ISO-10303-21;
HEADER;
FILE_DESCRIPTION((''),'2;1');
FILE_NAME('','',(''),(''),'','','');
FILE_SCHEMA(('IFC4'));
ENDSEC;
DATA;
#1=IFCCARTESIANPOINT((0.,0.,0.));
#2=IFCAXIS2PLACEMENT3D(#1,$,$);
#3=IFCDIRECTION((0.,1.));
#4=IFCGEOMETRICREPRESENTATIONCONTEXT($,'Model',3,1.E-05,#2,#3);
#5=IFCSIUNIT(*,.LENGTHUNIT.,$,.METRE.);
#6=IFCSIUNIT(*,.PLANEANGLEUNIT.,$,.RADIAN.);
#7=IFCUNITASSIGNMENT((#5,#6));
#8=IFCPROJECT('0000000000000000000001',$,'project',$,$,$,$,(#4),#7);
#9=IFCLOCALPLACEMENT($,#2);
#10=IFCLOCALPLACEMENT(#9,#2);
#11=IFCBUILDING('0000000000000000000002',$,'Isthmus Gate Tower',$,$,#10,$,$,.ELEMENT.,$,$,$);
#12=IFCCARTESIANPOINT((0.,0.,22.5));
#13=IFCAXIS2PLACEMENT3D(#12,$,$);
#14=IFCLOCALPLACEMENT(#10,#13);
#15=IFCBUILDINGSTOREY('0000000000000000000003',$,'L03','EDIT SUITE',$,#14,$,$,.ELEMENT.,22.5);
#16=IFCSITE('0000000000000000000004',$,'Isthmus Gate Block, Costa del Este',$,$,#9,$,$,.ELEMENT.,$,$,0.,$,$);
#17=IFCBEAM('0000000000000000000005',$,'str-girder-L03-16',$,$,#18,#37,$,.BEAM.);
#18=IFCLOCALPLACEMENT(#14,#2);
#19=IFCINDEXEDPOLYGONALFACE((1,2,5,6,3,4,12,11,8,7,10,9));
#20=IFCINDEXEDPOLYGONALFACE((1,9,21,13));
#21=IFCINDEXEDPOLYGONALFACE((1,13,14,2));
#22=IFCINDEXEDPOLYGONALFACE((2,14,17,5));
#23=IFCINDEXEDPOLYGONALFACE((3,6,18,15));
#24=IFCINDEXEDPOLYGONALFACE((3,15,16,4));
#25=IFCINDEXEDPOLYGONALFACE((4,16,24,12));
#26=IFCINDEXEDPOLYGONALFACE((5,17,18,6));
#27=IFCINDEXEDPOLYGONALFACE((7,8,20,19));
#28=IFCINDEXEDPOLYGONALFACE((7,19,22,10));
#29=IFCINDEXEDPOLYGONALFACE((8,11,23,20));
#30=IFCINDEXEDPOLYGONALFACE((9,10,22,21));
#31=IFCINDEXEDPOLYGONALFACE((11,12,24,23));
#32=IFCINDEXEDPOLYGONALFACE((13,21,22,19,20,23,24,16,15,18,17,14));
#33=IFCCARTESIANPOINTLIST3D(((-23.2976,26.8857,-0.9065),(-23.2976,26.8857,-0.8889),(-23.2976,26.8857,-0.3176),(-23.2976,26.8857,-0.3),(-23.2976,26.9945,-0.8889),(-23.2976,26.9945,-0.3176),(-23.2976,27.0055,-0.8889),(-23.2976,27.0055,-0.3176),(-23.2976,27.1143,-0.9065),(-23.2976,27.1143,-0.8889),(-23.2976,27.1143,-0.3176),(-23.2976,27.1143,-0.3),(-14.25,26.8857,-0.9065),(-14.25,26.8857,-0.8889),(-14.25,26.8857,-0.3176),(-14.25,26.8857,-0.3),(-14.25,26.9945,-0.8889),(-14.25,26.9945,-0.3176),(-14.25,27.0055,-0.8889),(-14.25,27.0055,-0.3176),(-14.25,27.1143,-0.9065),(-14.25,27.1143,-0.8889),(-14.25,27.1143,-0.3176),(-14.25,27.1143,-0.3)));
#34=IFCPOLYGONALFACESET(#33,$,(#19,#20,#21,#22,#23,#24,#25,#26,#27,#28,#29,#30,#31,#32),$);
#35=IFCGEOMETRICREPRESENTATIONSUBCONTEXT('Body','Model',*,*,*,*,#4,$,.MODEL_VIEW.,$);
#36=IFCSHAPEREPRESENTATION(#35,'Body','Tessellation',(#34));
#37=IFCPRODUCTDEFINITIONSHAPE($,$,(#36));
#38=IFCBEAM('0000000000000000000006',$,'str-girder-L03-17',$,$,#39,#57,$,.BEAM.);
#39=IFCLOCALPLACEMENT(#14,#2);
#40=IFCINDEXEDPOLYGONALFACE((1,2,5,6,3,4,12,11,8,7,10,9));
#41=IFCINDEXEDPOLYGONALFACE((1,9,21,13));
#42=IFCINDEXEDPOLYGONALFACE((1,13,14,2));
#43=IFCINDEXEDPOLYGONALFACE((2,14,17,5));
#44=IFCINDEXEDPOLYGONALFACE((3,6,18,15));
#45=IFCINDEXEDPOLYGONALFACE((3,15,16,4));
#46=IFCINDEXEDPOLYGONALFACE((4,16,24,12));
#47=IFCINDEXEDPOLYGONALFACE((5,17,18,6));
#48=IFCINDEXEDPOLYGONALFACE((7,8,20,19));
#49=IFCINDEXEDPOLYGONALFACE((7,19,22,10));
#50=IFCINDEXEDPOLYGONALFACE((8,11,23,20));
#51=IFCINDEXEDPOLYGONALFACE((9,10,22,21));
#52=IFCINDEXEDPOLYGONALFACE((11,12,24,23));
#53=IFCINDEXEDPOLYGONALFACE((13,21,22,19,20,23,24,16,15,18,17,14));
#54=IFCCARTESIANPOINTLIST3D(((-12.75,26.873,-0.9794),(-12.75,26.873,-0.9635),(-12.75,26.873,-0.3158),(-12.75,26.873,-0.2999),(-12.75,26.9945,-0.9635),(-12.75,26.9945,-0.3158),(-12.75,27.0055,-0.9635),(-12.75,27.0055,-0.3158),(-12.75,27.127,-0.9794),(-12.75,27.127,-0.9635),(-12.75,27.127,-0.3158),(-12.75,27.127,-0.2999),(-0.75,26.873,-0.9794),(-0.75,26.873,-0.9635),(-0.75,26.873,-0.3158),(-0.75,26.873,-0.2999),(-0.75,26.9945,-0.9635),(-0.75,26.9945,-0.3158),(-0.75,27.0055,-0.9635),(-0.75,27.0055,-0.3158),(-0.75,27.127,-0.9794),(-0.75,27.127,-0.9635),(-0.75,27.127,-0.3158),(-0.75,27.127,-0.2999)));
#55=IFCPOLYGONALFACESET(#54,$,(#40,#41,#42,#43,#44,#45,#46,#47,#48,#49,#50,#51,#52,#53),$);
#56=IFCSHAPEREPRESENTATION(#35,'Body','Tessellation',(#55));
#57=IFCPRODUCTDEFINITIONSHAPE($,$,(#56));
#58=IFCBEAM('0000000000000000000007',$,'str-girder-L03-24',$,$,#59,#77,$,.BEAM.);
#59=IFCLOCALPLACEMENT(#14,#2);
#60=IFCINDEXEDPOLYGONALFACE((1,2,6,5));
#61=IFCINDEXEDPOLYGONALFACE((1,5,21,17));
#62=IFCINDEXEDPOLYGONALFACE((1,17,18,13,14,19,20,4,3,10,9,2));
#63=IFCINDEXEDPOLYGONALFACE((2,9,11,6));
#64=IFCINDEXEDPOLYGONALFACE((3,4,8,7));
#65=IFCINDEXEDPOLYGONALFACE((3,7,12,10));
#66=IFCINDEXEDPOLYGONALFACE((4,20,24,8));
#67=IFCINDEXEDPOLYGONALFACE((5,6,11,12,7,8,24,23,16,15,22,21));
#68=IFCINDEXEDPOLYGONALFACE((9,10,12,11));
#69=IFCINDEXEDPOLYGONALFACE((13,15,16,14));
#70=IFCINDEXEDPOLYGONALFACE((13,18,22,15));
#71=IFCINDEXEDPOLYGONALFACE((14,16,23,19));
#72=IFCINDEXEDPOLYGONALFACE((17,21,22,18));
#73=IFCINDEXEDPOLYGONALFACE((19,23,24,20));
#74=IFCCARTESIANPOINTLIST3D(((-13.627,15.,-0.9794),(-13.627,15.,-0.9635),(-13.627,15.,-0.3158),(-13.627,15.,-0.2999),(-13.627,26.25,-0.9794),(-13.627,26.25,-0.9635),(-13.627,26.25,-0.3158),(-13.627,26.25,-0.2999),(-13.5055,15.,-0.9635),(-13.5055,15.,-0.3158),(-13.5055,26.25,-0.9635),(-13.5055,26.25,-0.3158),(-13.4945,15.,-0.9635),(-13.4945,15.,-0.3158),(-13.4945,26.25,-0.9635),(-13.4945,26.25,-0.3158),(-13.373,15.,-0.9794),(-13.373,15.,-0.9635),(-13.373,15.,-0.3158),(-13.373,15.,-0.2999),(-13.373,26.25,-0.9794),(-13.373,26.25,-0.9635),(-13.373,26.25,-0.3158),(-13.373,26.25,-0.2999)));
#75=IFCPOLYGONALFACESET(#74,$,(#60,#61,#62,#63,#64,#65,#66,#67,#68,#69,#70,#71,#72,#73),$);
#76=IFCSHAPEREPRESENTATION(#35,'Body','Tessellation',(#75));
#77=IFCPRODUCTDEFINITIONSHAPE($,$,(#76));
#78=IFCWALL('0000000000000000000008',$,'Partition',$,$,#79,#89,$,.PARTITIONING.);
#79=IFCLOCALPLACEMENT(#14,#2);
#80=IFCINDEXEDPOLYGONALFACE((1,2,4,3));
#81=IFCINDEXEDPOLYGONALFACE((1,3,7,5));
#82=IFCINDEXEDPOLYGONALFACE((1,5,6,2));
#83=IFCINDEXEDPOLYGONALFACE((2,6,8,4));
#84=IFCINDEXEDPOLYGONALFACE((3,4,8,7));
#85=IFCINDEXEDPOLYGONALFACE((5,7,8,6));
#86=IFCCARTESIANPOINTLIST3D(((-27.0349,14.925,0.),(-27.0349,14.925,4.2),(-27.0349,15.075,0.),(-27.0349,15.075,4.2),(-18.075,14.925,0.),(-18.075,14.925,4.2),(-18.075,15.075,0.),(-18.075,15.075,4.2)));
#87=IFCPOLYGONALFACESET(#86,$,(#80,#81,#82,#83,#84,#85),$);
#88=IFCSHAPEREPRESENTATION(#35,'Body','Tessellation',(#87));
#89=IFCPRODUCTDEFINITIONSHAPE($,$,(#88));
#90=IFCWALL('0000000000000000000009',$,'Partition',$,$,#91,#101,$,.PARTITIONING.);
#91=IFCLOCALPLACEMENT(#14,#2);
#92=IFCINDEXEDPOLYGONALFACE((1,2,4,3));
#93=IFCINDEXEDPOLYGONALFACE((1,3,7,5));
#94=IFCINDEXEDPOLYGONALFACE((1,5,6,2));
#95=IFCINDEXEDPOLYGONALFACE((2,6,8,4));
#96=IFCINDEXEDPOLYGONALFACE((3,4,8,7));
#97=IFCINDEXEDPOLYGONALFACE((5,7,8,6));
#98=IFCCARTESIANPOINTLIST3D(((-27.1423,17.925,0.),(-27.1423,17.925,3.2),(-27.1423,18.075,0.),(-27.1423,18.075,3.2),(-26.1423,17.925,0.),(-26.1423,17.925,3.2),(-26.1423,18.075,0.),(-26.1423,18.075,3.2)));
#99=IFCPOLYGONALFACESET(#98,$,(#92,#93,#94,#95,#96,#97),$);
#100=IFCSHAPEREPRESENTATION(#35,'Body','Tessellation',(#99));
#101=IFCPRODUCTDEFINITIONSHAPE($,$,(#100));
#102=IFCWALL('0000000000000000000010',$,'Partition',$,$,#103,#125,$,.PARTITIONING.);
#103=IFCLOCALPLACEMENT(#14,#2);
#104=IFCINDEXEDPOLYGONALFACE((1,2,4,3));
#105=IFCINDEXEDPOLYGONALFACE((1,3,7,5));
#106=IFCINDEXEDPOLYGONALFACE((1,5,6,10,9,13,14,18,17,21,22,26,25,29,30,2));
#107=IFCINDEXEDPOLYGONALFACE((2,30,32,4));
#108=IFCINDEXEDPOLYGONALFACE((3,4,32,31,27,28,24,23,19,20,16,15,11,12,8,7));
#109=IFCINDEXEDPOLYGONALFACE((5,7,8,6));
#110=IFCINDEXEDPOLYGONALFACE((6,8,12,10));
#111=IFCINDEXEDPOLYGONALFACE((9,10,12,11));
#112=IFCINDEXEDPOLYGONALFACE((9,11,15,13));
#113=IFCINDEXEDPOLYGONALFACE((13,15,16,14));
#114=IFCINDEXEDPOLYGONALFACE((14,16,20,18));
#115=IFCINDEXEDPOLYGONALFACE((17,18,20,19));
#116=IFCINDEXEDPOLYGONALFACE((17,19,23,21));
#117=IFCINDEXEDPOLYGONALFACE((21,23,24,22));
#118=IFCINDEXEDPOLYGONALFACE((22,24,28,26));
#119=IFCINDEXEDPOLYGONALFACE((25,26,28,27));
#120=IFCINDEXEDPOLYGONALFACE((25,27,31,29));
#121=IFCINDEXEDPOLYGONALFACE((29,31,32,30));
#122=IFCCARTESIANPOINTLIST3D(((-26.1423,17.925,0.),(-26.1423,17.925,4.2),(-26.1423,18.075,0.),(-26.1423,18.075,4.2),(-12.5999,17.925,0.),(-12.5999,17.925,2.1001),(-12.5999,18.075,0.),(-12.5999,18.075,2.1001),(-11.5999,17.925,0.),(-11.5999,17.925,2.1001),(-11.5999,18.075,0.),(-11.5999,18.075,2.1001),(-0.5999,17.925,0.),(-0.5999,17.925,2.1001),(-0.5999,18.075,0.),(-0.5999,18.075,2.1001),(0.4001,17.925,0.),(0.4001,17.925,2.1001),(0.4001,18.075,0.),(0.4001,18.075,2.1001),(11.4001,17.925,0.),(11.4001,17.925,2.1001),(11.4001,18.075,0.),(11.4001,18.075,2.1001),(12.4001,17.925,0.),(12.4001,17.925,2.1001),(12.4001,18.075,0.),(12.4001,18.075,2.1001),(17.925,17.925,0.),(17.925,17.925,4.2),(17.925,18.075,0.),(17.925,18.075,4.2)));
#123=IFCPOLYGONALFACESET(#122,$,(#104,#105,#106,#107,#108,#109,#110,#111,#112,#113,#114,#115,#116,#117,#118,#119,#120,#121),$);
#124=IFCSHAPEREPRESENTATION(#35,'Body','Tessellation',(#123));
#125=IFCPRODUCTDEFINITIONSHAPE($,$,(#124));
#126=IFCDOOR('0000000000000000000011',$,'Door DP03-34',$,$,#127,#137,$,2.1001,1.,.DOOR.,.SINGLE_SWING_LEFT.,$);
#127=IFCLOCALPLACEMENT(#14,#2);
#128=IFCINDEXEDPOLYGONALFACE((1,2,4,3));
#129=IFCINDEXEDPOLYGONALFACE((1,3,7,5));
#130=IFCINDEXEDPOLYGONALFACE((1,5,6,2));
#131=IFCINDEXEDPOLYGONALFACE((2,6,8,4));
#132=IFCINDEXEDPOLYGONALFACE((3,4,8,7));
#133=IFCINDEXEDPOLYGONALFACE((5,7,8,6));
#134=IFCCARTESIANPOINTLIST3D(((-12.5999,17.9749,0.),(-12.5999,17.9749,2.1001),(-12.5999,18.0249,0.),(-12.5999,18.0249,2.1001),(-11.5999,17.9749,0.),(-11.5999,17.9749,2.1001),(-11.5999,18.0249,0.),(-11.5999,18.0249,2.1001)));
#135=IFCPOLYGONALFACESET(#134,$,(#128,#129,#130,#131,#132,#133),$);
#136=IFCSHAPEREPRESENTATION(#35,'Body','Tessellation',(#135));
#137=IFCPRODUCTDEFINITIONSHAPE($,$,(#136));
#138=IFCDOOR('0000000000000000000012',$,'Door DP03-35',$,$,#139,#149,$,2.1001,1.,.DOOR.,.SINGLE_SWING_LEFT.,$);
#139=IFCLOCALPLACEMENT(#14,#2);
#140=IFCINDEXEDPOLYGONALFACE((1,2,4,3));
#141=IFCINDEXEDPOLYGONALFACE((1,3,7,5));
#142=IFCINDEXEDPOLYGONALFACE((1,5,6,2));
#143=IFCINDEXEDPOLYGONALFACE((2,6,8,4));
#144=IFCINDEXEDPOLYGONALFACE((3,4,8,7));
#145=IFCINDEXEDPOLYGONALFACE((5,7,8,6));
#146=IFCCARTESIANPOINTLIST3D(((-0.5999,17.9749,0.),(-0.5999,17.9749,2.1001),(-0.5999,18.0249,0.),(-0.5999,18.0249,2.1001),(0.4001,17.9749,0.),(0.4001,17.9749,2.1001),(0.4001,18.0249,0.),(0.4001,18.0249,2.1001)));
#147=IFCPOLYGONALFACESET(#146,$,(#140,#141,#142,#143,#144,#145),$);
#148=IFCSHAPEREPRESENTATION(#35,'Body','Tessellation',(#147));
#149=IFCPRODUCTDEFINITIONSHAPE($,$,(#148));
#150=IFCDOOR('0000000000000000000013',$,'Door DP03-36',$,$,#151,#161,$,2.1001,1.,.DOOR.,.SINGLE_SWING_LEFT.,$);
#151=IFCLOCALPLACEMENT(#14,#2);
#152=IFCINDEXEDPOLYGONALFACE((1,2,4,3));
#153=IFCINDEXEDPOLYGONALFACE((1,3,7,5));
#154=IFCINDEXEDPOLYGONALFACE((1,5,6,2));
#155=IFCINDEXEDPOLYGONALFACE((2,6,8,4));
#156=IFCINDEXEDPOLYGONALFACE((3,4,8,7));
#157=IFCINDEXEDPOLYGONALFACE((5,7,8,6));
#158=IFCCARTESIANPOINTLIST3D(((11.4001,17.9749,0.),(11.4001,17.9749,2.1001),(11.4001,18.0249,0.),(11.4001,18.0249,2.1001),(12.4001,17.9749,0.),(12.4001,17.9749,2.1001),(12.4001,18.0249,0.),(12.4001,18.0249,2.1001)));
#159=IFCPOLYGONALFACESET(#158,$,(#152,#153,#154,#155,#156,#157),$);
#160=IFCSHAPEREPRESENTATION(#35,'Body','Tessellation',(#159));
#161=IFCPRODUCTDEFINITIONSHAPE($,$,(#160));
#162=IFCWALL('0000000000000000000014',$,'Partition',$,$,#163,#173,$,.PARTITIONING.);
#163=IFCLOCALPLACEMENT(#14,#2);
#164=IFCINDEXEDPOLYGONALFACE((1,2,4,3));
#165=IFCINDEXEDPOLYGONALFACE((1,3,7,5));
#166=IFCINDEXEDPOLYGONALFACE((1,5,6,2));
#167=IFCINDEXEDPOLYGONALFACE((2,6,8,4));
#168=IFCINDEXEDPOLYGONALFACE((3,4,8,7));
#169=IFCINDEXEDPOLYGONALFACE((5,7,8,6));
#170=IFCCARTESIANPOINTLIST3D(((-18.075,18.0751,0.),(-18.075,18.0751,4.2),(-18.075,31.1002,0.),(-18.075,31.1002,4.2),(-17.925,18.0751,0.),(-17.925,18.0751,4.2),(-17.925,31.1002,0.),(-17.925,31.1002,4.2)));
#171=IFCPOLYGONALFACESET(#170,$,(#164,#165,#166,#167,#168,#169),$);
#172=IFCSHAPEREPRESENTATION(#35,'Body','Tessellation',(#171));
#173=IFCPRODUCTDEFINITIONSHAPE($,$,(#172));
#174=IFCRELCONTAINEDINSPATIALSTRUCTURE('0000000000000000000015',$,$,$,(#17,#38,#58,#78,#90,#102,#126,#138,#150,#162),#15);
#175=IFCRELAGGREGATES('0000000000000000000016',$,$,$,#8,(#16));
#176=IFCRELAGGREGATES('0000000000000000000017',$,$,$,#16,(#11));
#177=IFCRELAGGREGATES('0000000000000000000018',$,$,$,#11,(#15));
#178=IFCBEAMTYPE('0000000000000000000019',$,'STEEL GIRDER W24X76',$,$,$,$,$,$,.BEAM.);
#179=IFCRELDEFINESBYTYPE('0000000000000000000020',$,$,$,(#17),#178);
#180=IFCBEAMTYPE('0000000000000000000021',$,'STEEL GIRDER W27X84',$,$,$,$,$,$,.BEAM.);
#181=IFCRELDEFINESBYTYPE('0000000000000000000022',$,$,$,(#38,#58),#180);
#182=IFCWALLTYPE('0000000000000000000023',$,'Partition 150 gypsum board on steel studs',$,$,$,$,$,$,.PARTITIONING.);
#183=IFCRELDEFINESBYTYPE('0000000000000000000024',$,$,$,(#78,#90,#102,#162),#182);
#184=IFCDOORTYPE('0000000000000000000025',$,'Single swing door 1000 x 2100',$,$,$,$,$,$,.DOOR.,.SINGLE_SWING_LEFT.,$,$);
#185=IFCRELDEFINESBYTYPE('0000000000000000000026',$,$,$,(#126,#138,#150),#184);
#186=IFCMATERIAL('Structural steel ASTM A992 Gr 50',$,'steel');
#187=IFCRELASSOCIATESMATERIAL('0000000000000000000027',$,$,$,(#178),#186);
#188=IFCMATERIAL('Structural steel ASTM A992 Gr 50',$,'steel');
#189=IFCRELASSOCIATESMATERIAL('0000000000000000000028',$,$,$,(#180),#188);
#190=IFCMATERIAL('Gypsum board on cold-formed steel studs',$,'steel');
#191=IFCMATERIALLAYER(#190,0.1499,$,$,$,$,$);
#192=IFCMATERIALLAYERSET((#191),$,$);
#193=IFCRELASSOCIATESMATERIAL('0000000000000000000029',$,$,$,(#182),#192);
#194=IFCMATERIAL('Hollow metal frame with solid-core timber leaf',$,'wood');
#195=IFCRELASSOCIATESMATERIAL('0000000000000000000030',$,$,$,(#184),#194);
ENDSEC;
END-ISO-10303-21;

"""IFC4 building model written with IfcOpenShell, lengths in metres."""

from ifc_helpers import new_model, si_unit, direction, frame, frame_2d, origin, origin_2d, place, context, subcontext, project, spatial, rectangle, i_section, extrude, material, layer, layer_set, material_profile, profile_set, type_object, element, fill, save


model = new_model("IFC4")

# Units and contexts
model_context = context("Model", 3, precision=1e-05, world=origin(), true_north=direction((0.0, 1.0)))
body_context = subcontext(model_context, "Body", "Model", "MODEL_VIEW")
ifc_project = project(units=[si_unit("LENGTHUNIT", "METRE"), si_unit("PLANEANGLEUNIT", "RADIAN")], contexts=[model_context])

# Site, building, storey
site_placement = place(None, origin())
site = spatial("IfcSite", under=ifc_project, at=site_placement, Name="Isthmus Gate Block, Costa del Este", CompositionType="ELEMENT", RefElevation=0.0)
building_placement = place(site_placement, origin())
building = spatial("IfcBuilding", under=site, at=building_placement, Name="Isthmus Gate Tower", CompositionType="ELEMENT")
storey_placement = place(building_placement, frame((0.0, 0.0, 22.5)))
storey = spatial("IfcBuildingStorey", under=building, at=storey_placement, Name="L03", Description="EDIT SUITE", CompositionType="ELEMENT", Elevation=22.5)

# Beams
ifc_material_1 = material(Name="Structural steel ASTM A992 Gr 50", Category="steel")
ifc_material_profile_1 = material_profile(ifc_material_1, i_section(OverallWidth=0.2285, OverallDepth=0.6064, WebThickness=0.011, FlangeThickness=0.0176, at=origin_2d()), Name="W24X76")
ifc_profile_set_1 = profile_set([ifc_material_profile_1], Name="Structural steel ASTM A992 Gr 50")
beam_type_1 = type_object("IfcBeamType", Name="STEEL GIRDER W24X76", PredefinedType="BEAM", material=ifc_profile_set_1)
beam_1_placement = place(storey_placement, frame((-23.2976, 27.0, -0.6033), z_axis=(1.0, 0.0, 0.0), x_axis=(0.0, 1.0, 0.0)))
element("IfcBeam", 1, at=beam_1_placement, inside=storey, type_object=beam_type_1, Name="str-girder-L03-16", PredefinedType="BEAM", context=body_context, shape_type="SweptSolid", body=[
    extrude(i_section(OverallWidth=0.2285, OverallDepth=0.6064, WebThickness=0.011, FlangeThickness=0.0176, at=origin_2d()), origin(), (0.0, 0.0, 1.0), 9.0476),
])
ifc_material_2 = material(Name="Structural steel ASTM A992 Gr 50", Category="steel")
ifc_material_profile_2 = material_profile(ifc_material_2, i_section(OverallWidth=0.2539, OverallDepth=0.6794, WebThickness=0.011, FlangeThickness=0.0159, at=origin_2d()), Name="W27X84")
ifc_profile_set_2 = profile_set([ifc_material_profile_2], Name="Structural steel ASTM A992 Gr 50")
beam_type_2 = type_object("IfcBeamType", Name="STEEL GIRDER W27X84", PredefinedType="BEAM", material=ifc_profile_set_2)
beam_2_placement = place(storey_placement, frame((-12.75, 27.0, -0.6396), z_axis=(1.0, 0.0, 0.0), x_axis=(0.0, 1.0, 0.0)))
element("IfcBeam", 2, at=beam_2_placement, inside=storey, type_object=beam_type_2, Name="str-girder-L03-17", PredefinedType="BEAM", context=body_context, shape_type="SweptSolid", body=[
    extrude(i_section(OverallWidth=0.2539, OverallDepth=0.6794, WebThickness=0.011, FlangeThickness=0.0159, at=origin_2d()), origin(), (0.0, 0.0, 1.0), 12.0),
])
beam_3_placement = place(storey_placement, frame((-13.5, 15.0, -0.6396), z_axis=(0.0, 1.0, 0.0), x_axis=(-1.0, 0.0, 0.0)))
element("IfcBeam", 3, at=beam_3_placement, inside=storey, type_object=beam_type_2, Name="str-girder-L03-24", PredefinedType="BEAM", context=body_context, shape_type="SweptSolid", body=[
    extrude(i_section(OverallWidth=0.2539, OverallDepth=0.6794, WebThickness=0.011, FlangeThickness=0.0159, at=origin_2d()), origin(), (0.0, 0.0, 1.0), 11.25),
])

# Walls
ifc_material_3 = material(Name="Gypsum board on cold-formed steel studs", Category="steel")
ifc_layer_1 = layer(ifc_material_3, 0.1499)
ifc_layer_set_1 = layer_set([ifc_layer_1])
wall_type_1 = type_object("IfcWallType", Name="Partition 150 gypsum board on steel studs", PredefinedType="PARTITIONING", material=ifc_layer_set_1)
wall_1_placement = place(storey_placement, frame((-27.0349, 15.0, 0.0), z_axis=(0.0, 0.0, 1.0), x_axis=(1.0, 0.0, 0.0)))
element("IfcWall", 4, at=wall_1_placement, inside=storey, type_object=wall_type_1, Name="Partition", PredefinedType="PARTITIONING", context=body_context, shape_type="SweptSolid", body=[
    extrude(rectangle(XDim=8.96, YDim=0.1499, at=frame_2d((4.48, 0.0))), origin(), (0.0, 0.0, 1.0), 4.2),
])
wall_2_placement = place(storey_placement, frame((-27.1423, 18.0, 0.0), z_axis=(0.0, 0.0, 1.0), x_axis=(1.0, 0.0, 0.0)))
element("IfcWall", 5, at=wall_2_placement, inside=storey, type_object=wall_type_1, Name="Partition", PredefinedType="PARTITIONING", context=body_context, shape_type="SweptSolid", body=[
    extrude(rectangle(XDim=1.0, YDim=0.1499, at=frame_2d((0.5, 0.0))), origin(), (0.0, 0.0, 1.0), 3.2),
])

# Wall, openings, doors
wall_3_placement = place(storey_placement, frame((-26.1423, 18.0, 0.0), z_axis=(0.0, 0.0, 1.0), x_axis=(1.0, 0.0, 0.0)))
wall_3 = element("IfcWall", 6, at=wall_3_placement, inside=storey, type_object=wall_type_1, Name="Partition", PredefinedType="PARTITIONING", context=body_context, shape_type="SweptSolid", body=[
    extrude(rectangle(XDim=44.0674, YDim=0.1499, at=frame_2d((22.0337, 0.0))), origin(), (0.0, 0.0, 1.0), 4.2),
])
opening_1_placement = place(wall_3_placement, frame((13.5425, 0.0, 0.0)))
opening_1 = element("IfcOpeningElement", 7, at=opening_1_placement, cuts=wall_3, PredefinedType="OPENING", context=body_context, shape_type="SweptSolid", body=[
    extrude(rectangle(XDim=1.0, YDim=2.1001, at=frame_2d((0.5, 1.05))), frame((0.0, 0.085, 0.0), z_axis=(0.0, -1.0, 0.0), x_axis=(1.0, 0.0, 0.0)), (0.0, 0.0, 1.0), 0.1699),
])
opening_2_placement = place(wall_3_placement, frame((25.5425, 0.0, 0.0)))
opening_2 = element("IfcOpeningElement", 8, at=opening_2_placement, cuts=wall_3, PredefinedType="OPENING", context=body_context, shape_type="SweptSolid", body=[
    extrude(rectangle(XDim=1.0, YDim=2.1001, at=frame_2d((0.5, 1.05))), frame((0.0, 0.085, 0.0), z_axis=(0.0, -1.0, 0.0), x_axis=(1.0, 0.0, 0.0)), (0.0, 0.0, 1.0), 0.1699),
])
opening_3_placement = place(wall_3_placement, frame((37.5425, 0.0, 0.0)))
opening_3 = element("IfcOpeningElement", 9, at=opening_3_placement, cuts=wall_3, PredefinedType="OPENING", context=body_context, shape_type="SweptSolid", body=[
    extrude(rectangle(XDim=1.0, YDim=2.1001, at=frame_2d((0.5, 1.05))), frame((0.0, 0.085, 0.0), z_axis=(0.0, -1.0, 0.0), x_axis=(1.0, 0.0, 0.0)), (0.0, 0.0, 1.0), 0.1699),
])
ifc_material_4 = material(Name="Hollow metal frame with solid-core timber leaf", Category="wood")
door_type_1 = type_object("IfcDoorType", Name="Single swing door 1000 x 2100", OperationType="SINGLE_SWING_LEFT", PredefinedType="DOOR", material=ifc_material_4)
door_1_placement = place(opening_1_placement, origin())
door_1 = element("IfcDoor", 10, at=door_1_placement, inside=storey, type_object=door_type_1, Name="Door DP03-34", OperationType="SINGLE_SWING_LEFT", OverallHeight=2.1001, OverallWidth=1.0, PredefinedType="DOOR", context=body_context, shape_type="SweptSolid", body=[
    extrude(rectangle(XDim=1.0, YDim=2.1001, at=frame_2d((0.5, 1.05))), frame((0.0, 0.0249, 0.0), z_axis=(0.0, -1.0, 0.0), x_axis=(1.0, 0.0, 0.0)), (0.0, 0.0, 1.0), 0.05),
])
fill(opening_1, door_1)
door_2_placement = place(opening_2_placement, origin())
door_2 = element("IfcDoor", 11, at=door_2_placement, inside=storey, type_object=door_type_1, Name="Door DP03-35", OperationType="SINGLE_SWING_LEFT", OverallHeight=2.1001, OverallWidth=1.0, PredefinedType="DOOR", context=body_context, shape_type="SweptSolid", body=[
    extrude(rectangle(XDim=1.0, YDim=2.1001, at=frame_2d((0.5, 1.05))), frame((0.0, 0.0249, 0.0), z_axis=(0.0, -1.0, 0.0), x_axis=(1.0, 0.0, 0.0)), (0.0, 0.0, 1.0), 0.05),
])
fill(opening_2, door_2)
door_3_placement = place(opening_3_placement, origin())
door_3 = element("IfcDoor", 12, at=door_3_placement, inside=storey, type_object=door_type_1, Name="Door DP03-36", OperationType="SINGLE_SWING_LEFT", OverallHeight=2.1001, OverallWidth=1.0, PredefinedType="DOOR", context=body_context, shape_type="SweptSolid", body=[
    extrude(rectangle(XDim=1.0, YDim=2.1001, at=frame_2d((0.5, 1.05))), frame((0.0, 0.0249, 0.0), z_axis=(0.0, -1.0, 0.0), x_axis=(1.0, 0.0, 0.0)), (0.0, 0.0, 1.0), 0.05),
])
fill(opening_3, door_3)

# Wall
wall_4_placement = place(storey_placement, frame((-18.0, 18.075, 0.0), z_axis=(0.0, 0.0, 1.0), x_axis=(0.0, 1.0, 0.0)))
element("IfcWall", 13, at=wall_4_placement, inside=storey, type_object=wall_type_1, Name="Partition", PredefinedType="PARTITIONING", context=body_context, shape_type="SweptSolid", body=[
    extrude(rectangle(XDim=13.0251, YDim=0.1499, at=frame_2d((6.5127, 0.0))), origin(), (0.0, 0.0, 1.0), 4.2),
])

save(model, "model.ifc")
